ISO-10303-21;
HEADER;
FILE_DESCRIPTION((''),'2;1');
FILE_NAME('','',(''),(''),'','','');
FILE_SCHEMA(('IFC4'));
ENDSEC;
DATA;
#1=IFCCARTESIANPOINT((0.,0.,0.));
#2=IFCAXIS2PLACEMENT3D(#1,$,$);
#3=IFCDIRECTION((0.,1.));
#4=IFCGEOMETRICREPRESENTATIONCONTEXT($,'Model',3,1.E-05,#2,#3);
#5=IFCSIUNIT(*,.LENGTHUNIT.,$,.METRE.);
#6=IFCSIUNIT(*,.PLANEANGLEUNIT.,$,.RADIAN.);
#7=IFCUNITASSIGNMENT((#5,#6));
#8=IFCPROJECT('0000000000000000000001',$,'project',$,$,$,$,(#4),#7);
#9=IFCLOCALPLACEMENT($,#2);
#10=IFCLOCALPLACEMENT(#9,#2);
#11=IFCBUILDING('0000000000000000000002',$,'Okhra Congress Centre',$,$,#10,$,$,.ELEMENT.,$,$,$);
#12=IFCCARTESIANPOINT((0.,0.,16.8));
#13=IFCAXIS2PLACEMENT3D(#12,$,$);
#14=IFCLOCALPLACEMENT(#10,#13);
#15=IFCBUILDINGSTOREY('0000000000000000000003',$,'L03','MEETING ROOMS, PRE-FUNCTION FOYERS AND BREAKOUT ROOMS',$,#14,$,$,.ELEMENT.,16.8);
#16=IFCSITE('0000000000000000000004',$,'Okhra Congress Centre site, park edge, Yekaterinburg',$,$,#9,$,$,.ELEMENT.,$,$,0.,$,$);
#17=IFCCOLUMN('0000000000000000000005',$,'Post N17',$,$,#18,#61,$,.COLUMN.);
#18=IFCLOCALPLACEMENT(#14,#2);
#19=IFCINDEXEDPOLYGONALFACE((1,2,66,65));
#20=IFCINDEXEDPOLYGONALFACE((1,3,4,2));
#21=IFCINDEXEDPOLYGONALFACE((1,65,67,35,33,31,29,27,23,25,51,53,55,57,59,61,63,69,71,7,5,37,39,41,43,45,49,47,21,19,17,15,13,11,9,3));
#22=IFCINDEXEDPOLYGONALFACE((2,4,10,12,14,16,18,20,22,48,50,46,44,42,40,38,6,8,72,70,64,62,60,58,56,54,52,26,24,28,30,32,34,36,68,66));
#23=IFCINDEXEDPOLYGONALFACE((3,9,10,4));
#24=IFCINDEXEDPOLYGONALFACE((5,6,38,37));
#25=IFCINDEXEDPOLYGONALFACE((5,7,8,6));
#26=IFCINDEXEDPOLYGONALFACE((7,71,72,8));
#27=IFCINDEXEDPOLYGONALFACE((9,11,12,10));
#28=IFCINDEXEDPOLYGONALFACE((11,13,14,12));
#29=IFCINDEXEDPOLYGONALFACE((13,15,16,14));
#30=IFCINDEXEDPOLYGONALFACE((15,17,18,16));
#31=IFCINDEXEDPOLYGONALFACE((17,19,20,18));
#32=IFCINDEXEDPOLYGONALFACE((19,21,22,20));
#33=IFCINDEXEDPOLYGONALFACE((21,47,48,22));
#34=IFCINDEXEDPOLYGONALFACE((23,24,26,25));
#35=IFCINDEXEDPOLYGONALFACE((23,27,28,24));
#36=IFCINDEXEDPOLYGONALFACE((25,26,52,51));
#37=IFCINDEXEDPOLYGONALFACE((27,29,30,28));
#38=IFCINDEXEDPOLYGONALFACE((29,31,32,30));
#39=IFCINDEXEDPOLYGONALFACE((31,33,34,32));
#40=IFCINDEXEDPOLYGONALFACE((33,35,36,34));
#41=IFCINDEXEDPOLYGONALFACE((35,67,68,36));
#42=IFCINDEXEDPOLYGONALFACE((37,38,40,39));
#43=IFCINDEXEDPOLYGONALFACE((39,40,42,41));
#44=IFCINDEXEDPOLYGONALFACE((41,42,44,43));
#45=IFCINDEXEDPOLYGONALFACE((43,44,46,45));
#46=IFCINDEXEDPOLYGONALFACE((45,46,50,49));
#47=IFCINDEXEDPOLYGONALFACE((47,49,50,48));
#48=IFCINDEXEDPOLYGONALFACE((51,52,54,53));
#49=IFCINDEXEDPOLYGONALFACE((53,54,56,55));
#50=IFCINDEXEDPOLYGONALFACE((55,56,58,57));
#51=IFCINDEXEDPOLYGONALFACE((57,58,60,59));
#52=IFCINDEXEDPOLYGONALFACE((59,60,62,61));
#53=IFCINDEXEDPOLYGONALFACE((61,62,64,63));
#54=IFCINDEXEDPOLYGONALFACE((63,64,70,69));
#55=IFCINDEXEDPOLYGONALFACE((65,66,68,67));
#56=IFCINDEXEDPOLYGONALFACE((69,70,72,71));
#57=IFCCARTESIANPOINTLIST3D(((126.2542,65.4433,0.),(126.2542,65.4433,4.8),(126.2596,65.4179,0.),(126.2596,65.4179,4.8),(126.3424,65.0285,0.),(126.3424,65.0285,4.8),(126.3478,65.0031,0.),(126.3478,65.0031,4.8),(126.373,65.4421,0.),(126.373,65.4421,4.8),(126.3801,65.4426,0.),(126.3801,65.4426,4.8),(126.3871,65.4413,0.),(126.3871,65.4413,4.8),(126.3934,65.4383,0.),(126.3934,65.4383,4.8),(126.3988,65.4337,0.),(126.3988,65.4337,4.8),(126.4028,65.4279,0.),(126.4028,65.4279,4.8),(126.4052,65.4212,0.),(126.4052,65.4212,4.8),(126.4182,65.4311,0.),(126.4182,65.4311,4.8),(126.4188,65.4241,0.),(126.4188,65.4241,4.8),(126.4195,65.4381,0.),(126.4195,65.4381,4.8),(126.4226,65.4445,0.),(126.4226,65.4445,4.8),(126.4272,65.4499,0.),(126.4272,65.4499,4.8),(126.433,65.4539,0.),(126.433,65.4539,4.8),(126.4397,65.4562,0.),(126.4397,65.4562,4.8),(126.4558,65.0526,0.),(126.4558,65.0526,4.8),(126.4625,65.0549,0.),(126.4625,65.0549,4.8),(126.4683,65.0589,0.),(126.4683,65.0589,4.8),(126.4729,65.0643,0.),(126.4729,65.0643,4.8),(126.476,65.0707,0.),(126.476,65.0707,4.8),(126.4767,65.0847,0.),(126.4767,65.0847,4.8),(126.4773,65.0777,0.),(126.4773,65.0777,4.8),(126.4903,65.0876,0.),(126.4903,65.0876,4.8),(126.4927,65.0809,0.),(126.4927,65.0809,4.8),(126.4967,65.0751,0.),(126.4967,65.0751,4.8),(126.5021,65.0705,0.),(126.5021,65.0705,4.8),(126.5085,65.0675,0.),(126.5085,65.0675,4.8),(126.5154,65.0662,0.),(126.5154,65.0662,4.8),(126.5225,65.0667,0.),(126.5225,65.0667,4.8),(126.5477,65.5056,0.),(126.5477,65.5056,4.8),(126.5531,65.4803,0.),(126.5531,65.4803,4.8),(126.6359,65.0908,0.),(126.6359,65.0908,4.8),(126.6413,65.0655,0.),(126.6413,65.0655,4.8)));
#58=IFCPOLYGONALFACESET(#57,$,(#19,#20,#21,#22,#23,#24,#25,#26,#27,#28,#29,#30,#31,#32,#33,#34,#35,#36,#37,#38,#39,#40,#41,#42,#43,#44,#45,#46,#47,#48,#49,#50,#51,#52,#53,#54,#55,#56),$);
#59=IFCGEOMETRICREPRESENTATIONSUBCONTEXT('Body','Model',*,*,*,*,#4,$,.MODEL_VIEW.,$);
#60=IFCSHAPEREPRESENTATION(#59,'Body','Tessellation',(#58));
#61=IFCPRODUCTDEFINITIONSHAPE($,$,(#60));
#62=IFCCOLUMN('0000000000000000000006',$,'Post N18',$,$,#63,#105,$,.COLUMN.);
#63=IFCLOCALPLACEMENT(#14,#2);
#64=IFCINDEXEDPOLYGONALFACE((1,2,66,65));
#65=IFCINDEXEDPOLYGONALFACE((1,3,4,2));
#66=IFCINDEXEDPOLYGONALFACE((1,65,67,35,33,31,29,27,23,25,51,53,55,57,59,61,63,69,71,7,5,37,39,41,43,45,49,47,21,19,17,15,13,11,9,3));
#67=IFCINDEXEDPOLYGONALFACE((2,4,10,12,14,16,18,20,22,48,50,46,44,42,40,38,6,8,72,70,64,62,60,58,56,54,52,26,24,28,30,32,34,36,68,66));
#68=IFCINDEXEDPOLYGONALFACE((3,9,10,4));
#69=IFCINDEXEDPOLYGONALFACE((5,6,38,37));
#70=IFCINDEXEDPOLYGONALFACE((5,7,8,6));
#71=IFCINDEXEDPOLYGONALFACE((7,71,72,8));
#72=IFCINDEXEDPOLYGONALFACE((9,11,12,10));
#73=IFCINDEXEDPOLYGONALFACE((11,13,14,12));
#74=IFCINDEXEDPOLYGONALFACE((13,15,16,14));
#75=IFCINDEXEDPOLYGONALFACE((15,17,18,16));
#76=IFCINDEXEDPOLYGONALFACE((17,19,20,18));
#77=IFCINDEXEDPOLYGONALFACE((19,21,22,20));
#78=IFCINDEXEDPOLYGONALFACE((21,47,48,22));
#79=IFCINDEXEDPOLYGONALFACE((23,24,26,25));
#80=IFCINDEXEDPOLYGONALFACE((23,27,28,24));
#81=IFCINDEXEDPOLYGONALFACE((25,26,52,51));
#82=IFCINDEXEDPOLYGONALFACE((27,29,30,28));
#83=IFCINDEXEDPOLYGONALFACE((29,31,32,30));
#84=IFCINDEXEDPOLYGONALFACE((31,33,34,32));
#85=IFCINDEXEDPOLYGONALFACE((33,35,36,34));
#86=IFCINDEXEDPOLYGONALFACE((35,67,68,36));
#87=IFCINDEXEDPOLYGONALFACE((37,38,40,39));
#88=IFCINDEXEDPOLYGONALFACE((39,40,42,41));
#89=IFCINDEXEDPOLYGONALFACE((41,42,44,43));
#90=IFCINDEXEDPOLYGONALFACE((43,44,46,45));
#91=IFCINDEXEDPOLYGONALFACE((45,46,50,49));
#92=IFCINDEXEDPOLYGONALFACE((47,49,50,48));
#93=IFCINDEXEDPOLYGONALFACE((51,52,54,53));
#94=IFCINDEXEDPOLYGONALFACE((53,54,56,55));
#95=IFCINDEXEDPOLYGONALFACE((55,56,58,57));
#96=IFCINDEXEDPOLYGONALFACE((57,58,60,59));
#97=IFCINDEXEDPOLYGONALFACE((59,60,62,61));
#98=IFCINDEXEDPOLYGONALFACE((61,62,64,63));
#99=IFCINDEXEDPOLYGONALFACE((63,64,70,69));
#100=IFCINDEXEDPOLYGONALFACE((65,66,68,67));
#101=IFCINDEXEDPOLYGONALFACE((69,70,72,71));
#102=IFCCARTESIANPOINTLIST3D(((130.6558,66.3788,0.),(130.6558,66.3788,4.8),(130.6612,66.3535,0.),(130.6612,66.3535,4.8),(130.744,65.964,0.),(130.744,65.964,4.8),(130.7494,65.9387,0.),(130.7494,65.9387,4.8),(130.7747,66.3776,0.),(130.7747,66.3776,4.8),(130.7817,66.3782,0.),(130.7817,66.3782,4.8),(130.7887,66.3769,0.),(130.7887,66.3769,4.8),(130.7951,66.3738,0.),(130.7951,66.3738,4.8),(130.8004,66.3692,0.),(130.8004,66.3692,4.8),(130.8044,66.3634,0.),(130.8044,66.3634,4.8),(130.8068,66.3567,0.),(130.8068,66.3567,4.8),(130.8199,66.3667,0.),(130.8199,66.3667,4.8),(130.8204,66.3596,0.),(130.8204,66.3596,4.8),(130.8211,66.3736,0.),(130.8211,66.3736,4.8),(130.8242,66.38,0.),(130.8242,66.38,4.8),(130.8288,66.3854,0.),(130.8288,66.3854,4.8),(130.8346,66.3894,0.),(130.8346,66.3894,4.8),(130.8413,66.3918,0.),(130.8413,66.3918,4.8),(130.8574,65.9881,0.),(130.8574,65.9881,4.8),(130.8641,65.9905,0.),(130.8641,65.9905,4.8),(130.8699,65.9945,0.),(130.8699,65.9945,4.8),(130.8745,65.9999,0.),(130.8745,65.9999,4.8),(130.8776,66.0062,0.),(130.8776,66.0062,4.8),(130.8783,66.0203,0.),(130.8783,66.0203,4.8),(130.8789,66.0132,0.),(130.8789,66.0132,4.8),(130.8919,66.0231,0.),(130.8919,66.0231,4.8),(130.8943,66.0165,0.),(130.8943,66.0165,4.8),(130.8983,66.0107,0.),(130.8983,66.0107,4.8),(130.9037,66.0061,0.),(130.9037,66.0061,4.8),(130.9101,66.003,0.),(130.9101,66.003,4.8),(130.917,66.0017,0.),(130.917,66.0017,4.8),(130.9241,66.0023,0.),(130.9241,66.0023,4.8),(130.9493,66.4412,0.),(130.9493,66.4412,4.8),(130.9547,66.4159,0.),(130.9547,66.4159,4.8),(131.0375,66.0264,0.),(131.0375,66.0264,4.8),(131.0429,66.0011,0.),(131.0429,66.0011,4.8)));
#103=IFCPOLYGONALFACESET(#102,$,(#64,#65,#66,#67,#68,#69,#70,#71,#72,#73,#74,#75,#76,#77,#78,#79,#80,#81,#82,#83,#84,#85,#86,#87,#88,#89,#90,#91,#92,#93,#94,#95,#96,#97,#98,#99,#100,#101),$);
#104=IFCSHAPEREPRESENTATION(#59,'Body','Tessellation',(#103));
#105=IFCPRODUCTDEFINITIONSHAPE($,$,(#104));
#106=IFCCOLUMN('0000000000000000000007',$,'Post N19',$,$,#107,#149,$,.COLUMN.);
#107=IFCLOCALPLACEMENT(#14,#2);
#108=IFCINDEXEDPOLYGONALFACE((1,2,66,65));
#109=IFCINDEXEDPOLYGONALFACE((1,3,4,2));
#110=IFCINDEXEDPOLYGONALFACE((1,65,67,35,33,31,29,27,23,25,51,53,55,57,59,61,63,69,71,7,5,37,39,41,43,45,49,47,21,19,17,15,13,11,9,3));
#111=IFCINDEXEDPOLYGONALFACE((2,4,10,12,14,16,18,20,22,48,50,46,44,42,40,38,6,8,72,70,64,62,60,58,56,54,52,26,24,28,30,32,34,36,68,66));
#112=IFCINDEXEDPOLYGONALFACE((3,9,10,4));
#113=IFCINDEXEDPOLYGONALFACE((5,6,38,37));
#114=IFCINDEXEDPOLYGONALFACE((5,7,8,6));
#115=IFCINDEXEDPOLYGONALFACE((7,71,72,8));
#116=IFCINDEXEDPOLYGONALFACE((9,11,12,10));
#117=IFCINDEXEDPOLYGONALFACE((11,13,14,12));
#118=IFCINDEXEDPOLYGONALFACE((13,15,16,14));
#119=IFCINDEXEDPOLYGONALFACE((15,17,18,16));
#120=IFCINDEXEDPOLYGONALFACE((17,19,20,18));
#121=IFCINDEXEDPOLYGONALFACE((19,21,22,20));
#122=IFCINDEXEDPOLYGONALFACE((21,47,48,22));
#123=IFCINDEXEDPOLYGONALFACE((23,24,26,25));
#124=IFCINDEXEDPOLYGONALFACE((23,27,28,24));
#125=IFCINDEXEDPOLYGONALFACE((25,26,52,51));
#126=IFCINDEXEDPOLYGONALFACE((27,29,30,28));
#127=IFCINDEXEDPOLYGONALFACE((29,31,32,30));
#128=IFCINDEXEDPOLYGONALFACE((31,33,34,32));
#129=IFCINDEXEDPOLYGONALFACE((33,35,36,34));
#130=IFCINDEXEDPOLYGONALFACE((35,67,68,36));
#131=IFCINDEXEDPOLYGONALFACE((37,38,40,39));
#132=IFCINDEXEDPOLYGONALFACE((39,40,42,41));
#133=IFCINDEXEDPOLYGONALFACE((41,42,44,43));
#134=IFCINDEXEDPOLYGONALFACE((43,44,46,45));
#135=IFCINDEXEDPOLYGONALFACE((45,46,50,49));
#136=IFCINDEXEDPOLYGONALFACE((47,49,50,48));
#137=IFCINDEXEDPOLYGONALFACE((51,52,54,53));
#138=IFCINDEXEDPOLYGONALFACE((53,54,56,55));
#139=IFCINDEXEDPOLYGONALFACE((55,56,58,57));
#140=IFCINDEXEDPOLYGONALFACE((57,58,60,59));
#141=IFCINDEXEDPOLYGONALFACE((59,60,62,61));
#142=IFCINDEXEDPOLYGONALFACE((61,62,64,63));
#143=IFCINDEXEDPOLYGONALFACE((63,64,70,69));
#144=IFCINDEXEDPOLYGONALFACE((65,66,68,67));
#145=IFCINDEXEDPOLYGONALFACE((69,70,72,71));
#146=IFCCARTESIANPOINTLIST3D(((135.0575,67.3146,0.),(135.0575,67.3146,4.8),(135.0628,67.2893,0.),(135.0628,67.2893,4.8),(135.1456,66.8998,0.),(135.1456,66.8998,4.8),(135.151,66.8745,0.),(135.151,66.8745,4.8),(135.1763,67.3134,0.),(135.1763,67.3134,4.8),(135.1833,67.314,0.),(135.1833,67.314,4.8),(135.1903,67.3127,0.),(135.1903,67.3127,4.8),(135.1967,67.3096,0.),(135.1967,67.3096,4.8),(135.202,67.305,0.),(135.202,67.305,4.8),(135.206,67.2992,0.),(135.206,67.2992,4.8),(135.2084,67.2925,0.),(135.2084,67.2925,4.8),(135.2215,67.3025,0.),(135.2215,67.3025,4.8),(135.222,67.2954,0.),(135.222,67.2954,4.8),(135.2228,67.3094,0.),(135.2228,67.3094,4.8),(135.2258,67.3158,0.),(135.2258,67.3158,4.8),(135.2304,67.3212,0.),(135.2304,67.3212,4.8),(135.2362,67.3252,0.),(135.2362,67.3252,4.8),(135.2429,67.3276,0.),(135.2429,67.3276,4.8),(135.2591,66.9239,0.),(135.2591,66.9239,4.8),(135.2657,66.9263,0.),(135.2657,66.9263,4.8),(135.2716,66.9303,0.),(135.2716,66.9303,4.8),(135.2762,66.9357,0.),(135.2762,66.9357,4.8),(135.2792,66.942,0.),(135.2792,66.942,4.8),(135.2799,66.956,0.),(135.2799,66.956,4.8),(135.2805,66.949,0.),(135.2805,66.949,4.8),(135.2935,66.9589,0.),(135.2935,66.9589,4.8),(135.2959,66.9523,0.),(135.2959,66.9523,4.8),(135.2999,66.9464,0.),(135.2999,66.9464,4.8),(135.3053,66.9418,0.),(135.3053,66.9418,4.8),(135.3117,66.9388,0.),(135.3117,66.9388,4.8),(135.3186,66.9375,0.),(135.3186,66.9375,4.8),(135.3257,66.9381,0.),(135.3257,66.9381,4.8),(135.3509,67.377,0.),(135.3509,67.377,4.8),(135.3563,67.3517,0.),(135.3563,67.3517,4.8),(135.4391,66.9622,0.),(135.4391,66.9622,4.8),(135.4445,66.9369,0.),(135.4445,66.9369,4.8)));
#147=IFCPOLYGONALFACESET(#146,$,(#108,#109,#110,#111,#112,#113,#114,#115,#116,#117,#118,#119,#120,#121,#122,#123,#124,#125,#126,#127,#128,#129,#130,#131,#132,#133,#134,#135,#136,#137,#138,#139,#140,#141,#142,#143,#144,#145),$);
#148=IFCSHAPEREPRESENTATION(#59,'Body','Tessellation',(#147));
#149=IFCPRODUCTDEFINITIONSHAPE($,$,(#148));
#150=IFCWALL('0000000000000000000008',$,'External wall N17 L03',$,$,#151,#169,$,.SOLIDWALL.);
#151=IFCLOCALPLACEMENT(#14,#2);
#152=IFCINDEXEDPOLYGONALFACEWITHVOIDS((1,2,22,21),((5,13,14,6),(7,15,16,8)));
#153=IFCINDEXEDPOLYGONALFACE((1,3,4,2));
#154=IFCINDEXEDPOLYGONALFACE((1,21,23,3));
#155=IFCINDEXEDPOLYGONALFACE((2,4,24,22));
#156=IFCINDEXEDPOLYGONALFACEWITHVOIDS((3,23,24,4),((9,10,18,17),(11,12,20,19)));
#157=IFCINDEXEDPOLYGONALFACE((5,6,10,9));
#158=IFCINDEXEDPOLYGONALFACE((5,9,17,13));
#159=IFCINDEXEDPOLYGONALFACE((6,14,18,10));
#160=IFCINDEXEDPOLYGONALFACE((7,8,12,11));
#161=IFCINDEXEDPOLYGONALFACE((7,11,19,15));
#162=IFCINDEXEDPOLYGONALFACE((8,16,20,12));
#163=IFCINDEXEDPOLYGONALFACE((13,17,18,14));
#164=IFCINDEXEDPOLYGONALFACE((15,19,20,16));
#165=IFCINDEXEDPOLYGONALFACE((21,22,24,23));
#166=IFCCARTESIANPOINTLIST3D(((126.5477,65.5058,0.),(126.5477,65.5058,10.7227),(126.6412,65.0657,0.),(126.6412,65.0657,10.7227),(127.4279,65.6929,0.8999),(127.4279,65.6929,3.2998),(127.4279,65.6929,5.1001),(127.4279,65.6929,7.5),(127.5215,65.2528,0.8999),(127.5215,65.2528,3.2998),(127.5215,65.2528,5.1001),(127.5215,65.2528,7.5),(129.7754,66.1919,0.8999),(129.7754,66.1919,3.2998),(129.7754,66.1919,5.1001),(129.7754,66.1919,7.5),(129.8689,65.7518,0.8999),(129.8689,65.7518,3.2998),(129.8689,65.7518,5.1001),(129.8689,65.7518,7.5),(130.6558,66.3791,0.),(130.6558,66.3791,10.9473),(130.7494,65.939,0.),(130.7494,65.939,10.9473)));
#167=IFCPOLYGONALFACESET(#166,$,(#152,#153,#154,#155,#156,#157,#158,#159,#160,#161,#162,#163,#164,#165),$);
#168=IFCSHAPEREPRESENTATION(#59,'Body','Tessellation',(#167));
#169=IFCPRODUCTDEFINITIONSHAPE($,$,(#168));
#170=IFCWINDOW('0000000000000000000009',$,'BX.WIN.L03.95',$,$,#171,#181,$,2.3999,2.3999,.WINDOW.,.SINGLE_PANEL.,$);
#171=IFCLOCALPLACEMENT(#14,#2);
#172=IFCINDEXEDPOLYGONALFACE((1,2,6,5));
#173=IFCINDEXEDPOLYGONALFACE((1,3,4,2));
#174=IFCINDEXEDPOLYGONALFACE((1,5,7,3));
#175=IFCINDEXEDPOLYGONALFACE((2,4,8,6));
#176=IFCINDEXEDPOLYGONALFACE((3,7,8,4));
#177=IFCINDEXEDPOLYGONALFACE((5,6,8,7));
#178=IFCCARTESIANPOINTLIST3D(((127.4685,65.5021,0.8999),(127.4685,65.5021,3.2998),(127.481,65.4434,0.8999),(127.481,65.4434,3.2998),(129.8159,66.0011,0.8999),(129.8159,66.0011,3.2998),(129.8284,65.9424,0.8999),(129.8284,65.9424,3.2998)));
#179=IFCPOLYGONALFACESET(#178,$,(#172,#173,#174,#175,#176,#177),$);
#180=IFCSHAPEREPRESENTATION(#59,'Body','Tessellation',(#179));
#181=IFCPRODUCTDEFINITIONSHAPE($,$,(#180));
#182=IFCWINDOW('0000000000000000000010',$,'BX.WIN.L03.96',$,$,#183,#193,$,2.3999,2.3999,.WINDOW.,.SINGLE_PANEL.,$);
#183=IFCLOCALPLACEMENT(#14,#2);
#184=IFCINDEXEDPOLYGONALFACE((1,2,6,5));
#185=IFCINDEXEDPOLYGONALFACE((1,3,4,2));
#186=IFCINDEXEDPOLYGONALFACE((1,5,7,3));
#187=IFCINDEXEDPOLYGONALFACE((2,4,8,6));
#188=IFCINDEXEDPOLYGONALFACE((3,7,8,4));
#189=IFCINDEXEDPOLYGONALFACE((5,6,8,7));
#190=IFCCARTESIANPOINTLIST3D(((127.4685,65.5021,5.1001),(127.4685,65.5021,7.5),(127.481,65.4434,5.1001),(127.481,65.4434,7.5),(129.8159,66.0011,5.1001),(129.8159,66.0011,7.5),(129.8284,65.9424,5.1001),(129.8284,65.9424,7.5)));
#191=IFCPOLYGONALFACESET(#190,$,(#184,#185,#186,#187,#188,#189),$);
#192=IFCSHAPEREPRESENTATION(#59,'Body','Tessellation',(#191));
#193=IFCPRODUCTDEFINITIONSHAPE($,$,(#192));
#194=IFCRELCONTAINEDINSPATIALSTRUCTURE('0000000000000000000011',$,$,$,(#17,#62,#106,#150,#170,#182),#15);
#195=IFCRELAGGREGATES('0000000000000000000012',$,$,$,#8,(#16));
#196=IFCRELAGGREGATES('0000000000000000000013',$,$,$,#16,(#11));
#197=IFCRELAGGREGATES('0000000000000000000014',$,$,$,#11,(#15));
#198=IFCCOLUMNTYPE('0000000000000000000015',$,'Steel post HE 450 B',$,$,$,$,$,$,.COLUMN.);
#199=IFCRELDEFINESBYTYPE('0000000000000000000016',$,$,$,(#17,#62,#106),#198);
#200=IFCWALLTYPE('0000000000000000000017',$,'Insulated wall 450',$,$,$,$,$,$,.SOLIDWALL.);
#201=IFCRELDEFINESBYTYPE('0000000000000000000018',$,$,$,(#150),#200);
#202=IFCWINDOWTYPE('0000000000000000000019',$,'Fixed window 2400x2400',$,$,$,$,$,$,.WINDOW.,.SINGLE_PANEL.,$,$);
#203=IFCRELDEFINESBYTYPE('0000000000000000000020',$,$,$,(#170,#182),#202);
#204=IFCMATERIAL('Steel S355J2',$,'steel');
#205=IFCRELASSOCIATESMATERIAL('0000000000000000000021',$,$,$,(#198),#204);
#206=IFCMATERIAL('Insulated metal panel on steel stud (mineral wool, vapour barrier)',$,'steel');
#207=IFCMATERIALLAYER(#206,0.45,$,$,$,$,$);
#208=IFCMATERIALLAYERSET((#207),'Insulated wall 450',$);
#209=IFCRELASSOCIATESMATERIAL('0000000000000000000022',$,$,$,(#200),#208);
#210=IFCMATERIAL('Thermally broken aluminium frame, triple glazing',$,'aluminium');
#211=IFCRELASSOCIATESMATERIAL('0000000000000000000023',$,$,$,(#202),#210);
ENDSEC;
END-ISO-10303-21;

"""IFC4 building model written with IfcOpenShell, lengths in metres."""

from ifc_helpers import new_model, si_unit, direction, frame, frame_2d, origin, origin_2d, place, context, subcontext, project, spatial, polyline, rectangle, i_section, outline, extrude, material, layer, layer_set, material_profile, profile_set, type_object, element, fill, save


model = new_model("IFC4")

# Units and contexts
model_context = context("Model", 3, precision=1e-05, world=origin(), true_north=direction((0.0, 1.0)))
body_context = subcontext(model_context, "Body", "Model", "MODEL_VIEW")
ifc_project = project(units=[si_unit("LENGTHUNIT", "METRE"), si_unit("PLANEANGLEUNIT", "RADIAN")], contexts=[model_context])

# Site, building, storey
site_placement = place(None, origin())
site = spatial("IfcSite", under=ifc_project, at=site_placement, Name="Okhra Congress Centre site, park edge, Yekaterinburg", CompositionType="ELEMENT", RefElevation=0.0)
building_placement = place(site_placement, origin())
building = spatial("IfcBuilding", under=site, at=building_placement, Name="Okhra Congress Centre", CompositionType="ELEMENT")
storey_placement = place(building_placement, frame((0.0, 0.0, 16.8)))
storey = spatial("IfcBuildingStorey", under=building, at=storey_placement, Name="L03", Description="MEETING ROOMS, PRE-FUNCTION FOYERS AND BREAKOUT ROOMS", CompositionType="ELEMENT", Elevation=16.8)

# Columns
ifc_material_1 = material(Name="Steel S355J2", Category="steel")
ifc_material_profile_1 = material_profile(ifc_material_1, i_section(OverallWidth=0.3, OverallDepth=0.45, WebThickness=0.0139, FlangeThickness=0.0259, FilletRadius=0.0271, at=origin_2d()), Name="HE 450 B")
ifc_profile_set_1 = profile_set([ifc_material_profile_1], Name="Steel S355J2")
column_type = type_object("IfcColumnType", Name="Steel post HE 450 B", PredefinedType="COLUMN", material=ifc_profile_set_1)
for number, where, z_axis, x_axis, name in (
    (1, (126.4478, 65.2544, 0.0), (0.0, 0.0, 1.0), (0.978148, 0.207912, 0.0), "Post N17"),
    (2, (130.8494, 66.1899, 0.0), (0.0, 0.0, 1.0), (0.978148, 0.207912, 0.0), "Post N18"),
    (3, (135.251, 67.1257, 0.0), (0.0, 0.0, 1.0), (0.978148, 0.207912, 0.0), "Post N19"),
):
    element("IfcColumn", number, at=place(storey_placement, frame(where, z_axis=z_axis, x_axis=x_axis)), inside=storey, type_object=column_type, Name=name, PredefinedType="COLUMN", context=body_context, shape_type="SweptSolid", body=[
        extrude(i_section(OverallWidth=0.3, OverallDepth=0.45, WebThickness=0.0139, FlangeThickness=0.0259, FilletRadius=0.0271, at=origin_2d()), origin(), (0.0, 0.0, 1.0), 4.8),
    ])

# Wall, openings, windows
ifc_material_2 = material(Name="Insulated metal panel on steel stud (mineral wool, vapour barrier)", Category="steel")
ifc_layer_1 = layer(ifc_material_2, 0.45)
ifc_layer_set_1 = layer_set([ifc_layer_1], Name="Insulated wall 450")
wall_type_1 = type_object("IfcWallType", Name="Insulated wall 450", PredefinedType="SOLIDWALL", material=ifc_layer_set_1)
wall_1_placement = place(storey_placement, frame((126.5945, 65.2856, 0.0), z_axis=(0.0, 0.0, 1.0), x_axis=(0.978144, 0.207929, 0.0)))
wall_1 = element("IfcWall", 4, at=wall_1_placement, inside=storey, type_object=wall_type_1, Name="External wall N17 L03", PredefinedType="SOLIDWALL", context=body_context, shape_type="SweptSolid", body=[
    extrude(outline(polyline([(0.0, 0.0), (4.2, 0.0), (4.2, 10.9473), (0.0, 10.7227), (0.0, 0.0)])), frame((0.0, 0.2251, 0.0), z_axis=(0.0, -1.0, 0.0), x_axis=(1.0, 0.0, 0.0)), (0.0, 0.0, 1.0), 0.45),
])
opening_1_placement = place(wall_1_placement, frame((0.8999, 0.0, 0.8999)))
opening_1 = element("IfcOpeningElement", 5, at=opening_1_placement, cuts=wall_1, PredefinedType="OPENING", context=body_context, shape_type="SweptSolid", body=[
    extrude(rectangle(XDim=2.3999, YDim=2.3999, at=frame_2d((1.2, 1.2))), frame((0.0, 0.2349, 0.0), z_axis=(0.0, -1.0, 0.0), x_axis=(1.0, 0.0, 0.0)), (0.0, 0.0, 1.0), 0.47),
])
opening_2_placement = place(wall_1_placement, frame((0.8999, 0.0, 5.1001)))
opening_2 = element("IfcOpeningElement", 6, at=opening_2_placement, cuts=wall_1, PredefinedType="OPENING", context=body_context, shape_type="SweptSolid", body=[
    extrude(rectangle(XDim=2.3999, YDim=2.3999, at=frame_2d((1.2, 1.2))), frame((0.0, 0.2349, 0.0), z_axis=(0.0, -1.0, 0.0), x_axis=(1.0, 0.0, 0.0)), (0.0, 0.0, 1.0), 0.47),
])
ifc_material_3 = material(Name="Thermally broken aluminium frame, triple glazing", Category="aluminium")
window_type = type_object("IfcWindowType", Name="Fixed window 2400x2400", PartitioningType="SINGLE_PANEL", PredefinedType="WINDOW", material=ifc_material_3)
window_1_placement = place(opening_1_placement, origin())
window_1 = element("IfcWindow", 7, at=window_1_placement, inside=storey, type_object=window_type, Name="BX.WIN.L03.95", OverallHeight=2.3999, OverallWidth=2.3999, PartitioningType="SINGLE_PANEL", PredefinedType="WINDOW", context=body_context, shape_type="SweptSolid", body=[
    extrude(rectangle(XDim=2.3999, YDim=2.3999, at=frame_2d((1.2, 1.2))), frame((0.0, 0.03, 0.0), z_axis=(0.0, -1.0, 0.0), x_axis=(1.0, 0.0, 0.0)), (0.0, 0.0, 1.0), 0.0601),
])
fill(opening_1, window_1)
window_2_placement = place(opening_2_placement, origin())
window_2 = element("IfcWindow", 8, at=window_2_placement, inside=storey, type_object=window_type, Name="BX.WIN.L03.96", OverallHeight=2.3999, OverallWidth=2.3999, PartitioningType="SINGLE_PANEL", PredefinedType="WINDOW", context=body_context, shape_type="SweptSolid", body=[
    extrude(rectangle(XDim=2.3999, YDim=2.3999, at=frame_2d((1.2, 1.2))), frame((0.0, 0.03, 0.0), z_axis=(0.0, -1.0, 0.0), x_axis=(1.0, 0.0, 0.0)), (0.0, 0.0, 1.0), 0.0601),
])
fill(opening_2, window_2)

save(model, "model.ifc")
